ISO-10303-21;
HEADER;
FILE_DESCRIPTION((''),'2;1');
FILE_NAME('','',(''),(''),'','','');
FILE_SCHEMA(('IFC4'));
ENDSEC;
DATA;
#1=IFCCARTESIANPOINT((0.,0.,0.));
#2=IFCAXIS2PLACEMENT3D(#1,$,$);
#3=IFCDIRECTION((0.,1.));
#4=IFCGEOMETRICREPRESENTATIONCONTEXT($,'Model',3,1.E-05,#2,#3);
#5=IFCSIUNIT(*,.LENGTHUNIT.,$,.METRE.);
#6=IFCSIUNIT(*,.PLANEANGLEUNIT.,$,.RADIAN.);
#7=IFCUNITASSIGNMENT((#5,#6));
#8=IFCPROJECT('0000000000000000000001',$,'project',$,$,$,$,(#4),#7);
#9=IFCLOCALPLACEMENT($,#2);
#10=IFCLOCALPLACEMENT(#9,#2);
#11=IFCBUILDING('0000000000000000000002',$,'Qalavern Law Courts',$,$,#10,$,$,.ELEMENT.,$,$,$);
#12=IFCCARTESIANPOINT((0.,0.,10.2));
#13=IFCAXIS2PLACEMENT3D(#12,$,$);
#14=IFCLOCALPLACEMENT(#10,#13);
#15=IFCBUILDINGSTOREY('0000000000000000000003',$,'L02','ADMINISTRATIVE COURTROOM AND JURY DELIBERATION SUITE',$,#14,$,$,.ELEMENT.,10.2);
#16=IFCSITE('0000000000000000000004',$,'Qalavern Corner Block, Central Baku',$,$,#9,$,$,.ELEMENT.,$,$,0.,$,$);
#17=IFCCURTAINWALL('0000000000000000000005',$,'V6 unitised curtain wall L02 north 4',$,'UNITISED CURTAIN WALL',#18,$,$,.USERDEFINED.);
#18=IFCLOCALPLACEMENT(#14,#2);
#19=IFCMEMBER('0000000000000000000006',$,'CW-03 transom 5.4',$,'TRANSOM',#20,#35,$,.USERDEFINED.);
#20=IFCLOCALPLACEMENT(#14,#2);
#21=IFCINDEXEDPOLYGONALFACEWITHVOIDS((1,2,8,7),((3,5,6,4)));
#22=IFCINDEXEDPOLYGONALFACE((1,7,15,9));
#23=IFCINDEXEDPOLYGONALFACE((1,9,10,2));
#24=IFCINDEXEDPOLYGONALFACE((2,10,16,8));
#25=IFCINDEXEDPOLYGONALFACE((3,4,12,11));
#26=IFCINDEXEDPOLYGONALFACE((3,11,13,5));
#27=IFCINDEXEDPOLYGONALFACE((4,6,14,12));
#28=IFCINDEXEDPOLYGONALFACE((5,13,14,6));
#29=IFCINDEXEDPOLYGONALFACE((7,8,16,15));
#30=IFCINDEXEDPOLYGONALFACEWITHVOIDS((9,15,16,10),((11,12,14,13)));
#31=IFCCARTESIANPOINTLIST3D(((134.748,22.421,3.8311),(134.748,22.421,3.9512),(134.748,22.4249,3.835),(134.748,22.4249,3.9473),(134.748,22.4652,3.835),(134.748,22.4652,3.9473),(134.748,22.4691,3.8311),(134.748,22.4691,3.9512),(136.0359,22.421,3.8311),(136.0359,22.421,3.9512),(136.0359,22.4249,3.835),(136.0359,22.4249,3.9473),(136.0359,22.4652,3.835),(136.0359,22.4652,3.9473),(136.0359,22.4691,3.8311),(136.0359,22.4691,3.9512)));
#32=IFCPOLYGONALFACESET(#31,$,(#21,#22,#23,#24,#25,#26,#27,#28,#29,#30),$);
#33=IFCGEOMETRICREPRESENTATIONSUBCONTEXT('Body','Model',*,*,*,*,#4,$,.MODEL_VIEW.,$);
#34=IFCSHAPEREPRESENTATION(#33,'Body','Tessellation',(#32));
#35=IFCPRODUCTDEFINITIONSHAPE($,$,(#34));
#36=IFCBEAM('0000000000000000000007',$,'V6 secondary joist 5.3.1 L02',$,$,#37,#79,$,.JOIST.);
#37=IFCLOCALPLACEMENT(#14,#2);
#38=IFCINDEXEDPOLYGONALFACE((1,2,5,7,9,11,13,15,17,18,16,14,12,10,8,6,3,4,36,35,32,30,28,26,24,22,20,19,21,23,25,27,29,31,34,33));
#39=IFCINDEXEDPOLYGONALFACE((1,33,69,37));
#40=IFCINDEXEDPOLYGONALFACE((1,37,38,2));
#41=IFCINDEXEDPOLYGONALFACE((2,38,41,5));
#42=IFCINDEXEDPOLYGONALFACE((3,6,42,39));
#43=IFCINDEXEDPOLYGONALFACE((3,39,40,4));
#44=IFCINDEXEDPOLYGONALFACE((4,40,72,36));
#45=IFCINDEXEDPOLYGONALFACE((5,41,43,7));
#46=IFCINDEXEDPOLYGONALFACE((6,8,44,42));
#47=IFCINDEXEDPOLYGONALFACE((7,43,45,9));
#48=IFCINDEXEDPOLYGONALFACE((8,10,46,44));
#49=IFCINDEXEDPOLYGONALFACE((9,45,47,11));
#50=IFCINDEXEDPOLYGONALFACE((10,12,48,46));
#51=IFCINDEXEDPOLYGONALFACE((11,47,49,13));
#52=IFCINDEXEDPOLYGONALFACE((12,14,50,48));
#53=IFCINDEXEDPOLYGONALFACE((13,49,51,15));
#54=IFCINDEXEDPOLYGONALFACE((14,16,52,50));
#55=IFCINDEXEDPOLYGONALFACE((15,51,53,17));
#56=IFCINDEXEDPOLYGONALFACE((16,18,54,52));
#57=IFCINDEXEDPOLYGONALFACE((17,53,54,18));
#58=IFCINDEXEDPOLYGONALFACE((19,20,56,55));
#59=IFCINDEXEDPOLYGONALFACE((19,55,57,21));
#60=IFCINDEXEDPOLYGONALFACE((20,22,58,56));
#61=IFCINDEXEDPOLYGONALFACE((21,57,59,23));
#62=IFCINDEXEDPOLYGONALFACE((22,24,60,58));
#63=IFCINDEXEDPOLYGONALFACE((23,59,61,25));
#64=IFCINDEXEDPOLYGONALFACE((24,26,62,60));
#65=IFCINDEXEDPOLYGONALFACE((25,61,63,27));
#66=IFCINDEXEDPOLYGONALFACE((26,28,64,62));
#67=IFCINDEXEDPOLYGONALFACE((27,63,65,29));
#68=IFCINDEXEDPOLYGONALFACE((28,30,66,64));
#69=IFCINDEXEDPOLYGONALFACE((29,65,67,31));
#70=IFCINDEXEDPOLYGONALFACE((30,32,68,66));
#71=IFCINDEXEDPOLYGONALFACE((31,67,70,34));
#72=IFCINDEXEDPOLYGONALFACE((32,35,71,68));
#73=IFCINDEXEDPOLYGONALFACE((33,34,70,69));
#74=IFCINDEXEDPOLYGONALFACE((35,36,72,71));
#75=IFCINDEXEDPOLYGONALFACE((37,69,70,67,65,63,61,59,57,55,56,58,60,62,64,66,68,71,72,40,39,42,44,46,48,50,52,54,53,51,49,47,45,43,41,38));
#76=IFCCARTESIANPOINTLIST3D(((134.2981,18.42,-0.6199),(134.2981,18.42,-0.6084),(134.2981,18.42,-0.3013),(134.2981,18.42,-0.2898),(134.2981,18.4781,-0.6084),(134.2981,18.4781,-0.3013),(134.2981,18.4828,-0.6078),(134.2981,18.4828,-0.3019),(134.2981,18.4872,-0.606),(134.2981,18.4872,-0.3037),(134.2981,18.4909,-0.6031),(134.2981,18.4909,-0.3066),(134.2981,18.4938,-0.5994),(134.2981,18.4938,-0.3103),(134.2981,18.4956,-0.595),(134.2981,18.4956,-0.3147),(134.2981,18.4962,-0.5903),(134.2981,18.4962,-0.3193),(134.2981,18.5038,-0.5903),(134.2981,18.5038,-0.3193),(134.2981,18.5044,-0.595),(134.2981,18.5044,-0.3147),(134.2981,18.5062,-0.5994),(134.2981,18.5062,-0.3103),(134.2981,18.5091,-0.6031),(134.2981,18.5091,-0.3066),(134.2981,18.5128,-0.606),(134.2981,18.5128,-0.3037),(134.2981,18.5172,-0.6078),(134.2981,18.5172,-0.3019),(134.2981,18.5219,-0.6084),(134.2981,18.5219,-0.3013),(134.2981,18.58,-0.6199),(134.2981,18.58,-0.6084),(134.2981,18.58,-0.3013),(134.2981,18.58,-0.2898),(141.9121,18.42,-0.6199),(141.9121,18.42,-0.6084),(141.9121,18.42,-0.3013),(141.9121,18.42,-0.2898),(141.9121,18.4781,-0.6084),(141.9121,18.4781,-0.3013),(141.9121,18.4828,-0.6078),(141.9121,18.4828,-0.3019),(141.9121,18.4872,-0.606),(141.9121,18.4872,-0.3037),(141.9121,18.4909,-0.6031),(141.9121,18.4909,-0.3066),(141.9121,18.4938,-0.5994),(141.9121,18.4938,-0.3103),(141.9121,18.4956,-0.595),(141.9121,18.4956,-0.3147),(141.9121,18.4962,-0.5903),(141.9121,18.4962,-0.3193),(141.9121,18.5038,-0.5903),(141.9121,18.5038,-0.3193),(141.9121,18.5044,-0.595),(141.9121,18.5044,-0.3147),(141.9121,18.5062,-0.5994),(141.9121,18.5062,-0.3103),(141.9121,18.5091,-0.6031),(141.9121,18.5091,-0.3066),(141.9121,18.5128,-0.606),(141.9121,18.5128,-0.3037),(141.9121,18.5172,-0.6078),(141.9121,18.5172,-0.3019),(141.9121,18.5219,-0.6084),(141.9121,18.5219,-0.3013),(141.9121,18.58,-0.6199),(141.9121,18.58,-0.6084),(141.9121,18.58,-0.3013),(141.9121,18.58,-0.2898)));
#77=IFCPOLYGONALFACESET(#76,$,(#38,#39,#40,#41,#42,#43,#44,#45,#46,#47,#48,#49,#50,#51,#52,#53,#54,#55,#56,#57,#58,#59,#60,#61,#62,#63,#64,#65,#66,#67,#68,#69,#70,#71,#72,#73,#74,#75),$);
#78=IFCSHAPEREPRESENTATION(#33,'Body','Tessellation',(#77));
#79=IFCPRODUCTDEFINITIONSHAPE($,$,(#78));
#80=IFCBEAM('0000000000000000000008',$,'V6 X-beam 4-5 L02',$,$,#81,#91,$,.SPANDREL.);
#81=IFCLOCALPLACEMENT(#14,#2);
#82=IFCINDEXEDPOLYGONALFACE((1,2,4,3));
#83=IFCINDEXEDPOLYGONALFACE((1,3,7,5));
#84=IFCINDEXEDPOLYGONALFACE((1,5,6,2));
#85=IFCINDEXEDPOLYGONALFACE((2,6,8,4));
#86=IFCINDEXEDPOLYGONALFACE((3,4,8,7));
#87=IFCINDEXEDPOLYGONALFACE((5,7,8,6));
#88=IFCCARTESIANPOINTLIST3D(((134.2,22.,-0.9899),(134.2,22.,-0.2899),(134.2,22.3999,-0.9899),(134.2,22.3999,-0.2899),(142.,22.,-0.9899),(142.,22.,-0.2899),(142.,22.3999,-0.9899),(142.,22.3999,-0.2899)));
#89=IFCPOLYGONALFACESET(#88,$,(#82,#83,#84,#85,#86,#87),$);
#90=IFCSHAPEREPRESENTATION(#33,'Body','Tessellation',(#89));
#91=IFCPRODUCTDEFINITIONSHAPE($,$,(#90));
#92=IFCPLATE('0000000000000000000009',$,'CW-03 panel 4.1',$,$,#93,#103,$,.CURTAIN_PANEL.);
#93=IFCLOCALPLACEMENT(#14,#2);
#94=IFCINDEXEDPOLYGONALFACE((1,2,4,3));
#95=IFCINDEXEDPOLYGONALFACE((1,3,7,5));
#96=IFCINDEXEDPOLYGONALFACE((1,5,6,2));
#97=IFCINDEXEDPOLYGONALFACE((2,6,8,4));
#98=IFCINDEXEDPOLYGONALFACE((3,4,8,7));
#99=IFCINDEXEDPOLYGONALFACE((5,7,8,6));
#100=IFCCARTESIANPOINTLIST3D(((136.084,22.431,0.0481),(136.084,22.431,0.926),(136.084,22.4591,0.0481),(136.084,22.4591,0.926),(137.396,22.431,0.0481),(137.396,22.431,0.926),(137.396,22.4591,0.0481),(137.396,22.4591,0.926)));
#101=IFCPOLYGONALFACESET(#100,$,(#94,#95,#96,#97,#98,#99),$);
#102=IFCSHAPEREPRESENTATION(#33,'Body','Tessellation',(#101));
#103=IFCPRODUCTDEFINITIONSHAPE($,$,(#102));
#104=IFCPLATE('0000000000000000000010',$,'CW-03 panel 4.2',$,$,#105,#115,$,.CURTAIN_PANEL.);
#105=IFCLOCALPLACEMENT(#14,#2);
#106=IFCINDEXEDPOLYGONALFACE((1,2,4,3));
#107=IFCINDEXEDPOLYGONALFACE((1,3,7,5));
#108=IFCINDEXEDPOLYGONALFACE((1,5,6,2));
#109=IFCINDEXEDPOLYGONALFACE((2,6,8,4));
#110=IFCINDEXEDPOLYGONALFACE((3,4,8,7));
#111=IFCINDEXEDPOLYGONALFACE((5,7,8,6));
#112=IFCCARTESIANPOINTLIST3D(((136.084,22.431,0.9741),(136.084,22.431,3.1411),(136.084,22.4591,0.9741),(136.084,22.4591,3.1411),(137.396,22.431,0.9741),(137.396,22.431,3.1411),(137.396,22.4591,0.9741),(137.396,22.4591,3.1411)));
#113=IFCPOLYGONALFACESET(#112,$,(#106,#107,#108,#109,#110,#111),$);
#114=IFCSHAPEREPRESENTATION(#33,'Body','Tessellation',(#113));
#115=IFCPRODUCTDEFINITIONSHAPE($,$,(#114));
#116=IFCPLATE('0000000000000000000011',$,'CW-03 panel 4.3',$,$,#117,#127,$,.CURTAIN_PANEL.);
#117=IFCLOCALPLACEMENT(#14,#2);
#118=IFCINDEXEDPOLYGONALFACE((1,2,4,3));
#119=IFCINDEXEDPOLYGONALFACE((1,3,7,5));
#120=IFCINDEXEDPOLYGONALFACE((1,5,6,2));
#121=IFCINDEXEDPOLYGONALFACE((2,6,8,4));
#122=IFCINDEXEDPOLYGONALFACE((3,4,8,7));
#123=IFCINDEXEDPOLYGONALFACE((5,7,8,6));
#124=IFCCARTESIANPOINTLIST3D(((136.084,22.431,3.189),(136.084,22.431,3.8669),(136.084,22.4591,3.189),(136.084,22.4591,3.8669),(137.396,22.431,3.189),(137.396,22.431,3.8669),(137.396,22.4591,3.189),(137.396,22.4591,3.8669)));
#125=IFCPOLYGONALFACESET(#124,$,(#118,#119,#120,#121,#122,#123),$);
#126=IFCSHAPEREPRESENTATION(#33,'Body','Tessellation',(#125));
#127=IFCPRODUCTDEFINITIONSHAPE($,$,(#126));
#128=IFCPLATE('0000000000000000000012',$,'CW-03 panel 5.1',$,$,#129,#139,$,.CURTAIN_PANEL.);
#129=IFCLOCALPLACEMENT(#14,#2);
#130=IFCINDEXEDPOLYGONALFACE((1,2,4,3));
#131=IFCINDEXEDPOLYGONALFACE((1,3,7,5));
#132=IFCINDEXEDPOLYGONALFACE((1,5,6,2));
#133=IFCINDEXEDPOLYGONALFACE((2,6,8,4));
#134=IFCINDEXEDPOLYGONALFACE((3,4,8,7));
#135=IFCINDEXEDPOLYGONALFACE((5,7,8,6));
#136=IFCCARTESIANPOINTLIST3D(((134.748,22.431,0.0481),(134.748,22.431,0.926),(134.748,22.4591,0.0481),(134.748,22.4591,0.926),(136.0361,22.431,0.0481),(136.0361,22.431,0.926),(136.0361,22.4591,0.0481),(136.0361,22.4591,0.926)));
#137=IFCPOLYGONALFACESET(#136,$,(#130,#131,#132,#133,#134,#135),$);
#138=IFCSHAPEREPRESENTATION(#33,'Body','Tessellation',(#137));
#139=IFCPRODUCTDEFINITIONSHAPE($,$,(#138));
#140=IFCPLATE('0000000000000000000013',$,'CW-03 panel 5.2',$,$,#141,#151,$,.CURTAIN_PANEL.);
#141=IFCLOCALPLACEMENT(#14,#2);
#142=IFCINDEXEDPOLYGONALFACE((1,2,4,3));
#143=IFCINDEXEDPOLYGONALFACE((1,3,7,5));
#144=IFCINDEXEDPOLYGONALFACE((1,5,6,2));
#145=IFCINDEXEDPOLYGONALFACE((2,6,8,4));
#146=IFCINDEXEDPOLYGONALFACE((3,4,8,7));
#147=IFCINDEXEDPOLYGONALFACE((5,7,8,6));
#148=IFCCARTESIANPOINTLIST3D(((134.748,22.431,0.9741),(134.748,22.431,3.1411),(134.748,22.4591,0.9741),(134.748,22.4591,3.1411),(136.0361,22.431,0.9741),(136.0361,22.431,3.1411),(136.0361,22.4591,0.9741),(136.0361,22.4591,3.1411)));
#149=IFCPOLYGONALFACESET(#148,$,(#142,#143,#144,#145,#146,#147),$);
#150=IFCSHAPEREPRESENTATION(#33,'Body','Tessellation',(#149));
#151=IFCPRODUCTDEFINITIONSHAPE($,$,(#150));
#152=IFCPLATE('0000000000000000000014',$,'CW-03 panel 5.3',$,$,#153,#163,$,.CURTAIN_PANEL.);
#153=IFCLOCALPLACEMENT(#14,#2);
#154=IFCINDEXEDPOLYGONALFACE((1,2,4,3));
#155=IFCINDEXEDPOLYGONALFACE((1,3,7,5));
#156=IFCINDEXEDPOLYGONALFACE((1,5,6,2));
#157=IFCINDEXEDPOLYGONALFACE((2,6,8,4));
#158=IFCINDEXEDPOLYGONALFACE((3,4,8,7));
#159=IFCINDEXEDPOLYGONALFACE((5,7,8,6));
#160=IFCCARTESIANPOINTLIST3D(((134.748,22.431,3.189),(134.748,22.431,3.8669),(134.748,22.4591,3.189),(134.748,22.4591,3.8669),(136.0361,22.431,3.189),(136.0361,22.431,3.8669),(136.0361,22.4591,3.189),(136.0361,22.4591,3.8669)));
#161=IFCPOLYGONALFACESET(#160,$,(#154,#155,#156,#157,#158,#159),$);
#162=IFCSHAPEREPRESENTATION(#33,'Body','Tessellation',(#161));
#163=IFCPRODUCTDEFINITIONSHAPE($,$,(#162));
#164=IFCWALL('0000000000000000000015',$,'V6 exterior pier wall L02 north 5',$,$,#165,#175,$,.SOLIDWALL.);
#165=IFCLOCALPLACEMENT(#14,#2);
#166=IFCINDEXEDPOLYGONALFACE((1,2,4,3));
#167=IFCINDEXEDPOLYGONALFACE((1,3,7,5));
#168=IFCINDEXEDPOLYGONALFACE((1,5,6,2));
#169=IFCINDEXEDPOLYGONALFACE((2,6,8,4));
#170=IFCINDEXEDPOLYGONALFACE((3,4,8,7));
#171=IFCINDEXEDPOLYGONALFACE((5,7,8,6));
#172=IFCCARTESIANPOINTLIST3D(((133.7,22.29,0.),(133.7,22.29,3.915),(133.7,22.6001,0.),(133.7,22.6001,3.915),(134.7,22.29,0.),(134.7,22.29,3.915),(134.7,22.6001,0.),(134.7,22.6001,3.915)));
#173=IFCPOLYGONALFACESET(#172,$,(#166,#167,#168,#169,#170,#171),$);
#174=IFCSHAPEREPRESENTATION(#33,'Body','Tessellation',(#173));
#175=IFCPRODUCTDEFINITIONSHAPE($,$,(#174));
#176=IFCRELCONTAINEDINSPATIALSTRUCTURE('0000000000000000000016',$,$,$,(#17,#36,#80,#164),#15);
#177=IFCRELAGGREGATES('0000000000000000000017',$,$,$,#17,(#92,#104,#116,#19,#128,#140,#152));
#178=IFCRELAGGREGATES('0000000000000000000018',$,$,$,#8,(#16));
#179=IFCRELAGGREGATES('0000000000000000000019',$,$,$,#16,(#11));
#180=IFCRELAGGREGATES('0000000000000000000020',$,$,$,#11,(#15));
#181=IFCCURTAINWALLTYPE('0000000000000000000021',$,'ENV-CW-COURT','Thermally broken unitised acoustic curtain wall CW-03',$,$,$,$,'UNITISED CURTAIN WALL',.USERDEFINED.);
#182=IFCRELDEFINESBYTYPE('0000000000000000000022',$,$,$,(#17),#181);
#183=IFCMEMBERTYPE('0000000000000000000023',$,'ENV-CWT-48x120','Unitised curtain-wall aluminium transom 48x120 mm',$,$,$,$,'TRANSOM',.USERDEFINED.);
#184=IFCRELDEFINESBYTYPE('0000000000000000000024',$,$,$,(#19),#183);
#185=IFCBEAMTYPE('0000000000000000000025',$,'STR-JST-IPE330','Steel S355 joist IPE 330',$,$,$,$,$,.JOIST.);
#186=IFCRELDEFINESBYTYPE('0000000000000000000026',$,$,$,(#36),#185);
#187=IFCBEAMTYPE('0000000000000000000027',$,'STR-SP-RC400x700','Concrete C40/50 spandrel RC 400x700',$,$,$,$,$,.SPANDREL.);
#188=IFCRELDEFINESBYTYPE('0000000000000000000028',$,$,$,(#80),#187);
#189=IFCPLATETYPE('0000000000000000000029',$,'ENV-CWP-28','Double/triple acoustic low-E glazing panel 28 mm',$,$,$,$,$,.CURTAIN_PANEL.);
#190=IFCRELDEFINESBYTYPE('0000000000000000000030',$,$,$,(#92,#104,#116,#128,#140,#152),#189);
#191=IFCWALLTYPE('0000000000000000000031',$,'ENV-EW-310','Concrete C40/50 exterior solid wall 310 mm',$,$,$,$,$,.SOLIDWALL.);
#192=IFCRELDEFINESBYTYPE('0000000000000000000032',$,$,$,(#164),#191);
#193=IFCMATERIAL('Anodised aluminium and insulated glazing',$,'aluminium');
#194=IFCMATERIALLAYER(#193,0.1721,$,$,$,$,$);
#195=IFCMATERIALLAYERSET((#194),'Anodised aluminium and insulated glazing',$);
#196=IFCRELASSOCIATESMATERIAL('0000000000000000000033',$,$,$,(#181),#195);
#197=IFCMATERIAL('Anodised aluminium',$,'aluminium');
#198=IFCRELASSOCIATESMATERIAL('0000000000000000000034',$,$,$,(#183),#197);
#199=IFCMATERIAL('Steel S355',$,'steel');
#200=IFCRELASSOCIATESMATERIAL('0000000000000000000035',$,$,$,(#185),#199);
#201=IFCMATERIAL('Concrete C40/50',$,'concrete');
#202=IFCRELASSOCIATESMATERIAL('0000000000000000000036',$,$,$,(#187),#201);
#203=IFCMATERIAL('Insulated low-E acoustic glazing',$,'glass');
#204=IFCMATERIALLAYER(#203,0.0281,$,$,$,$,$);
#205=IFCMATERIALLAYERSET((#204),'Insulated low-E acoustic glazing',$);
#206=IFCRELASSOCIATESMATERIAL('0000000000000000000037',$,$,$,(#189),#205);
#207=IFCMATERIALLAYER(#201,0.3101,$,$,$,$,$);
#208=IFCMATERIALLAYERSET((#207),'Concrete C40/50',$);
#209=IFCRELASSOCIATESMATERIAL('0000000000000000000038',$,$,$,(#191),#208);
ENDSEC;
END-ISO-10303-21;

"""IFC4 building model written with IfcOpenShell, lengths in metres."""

from ifc_helpers import new_model, si_unit, direction, frame, frame_2d, origin, origin_2d, place, context, subcontext, project, spatial, rectangle, hollow_rectangle, i_section, extrude, material, layer, layer_set, material_profile, profile_set, type_object, element, aggregate, save


model = new_model("IFC4")

# Units and contexts
model_context = context("Model", 3, precision=1e-05, world=origin(), true_north=direction((0.0, 1.0)))
body_context = subcontext(model_context, "Body", "Model", "MODEL_VIEW")
ifc_project = project(units=[si_unit("LENGTHUNIT", "METRE"), si_unit("PLANEANGLEUNIT", "RADIAN")], contexts=[model_context])

# Site, building, storey
site_placement = place(None, origin())
site = spatial("IfcSite", under=ifc_project, at=site_placement, Name="Qalavern Corner Block, Central Baku", CompositionType="ELEMENT", RefElevation=0.0)
building_placement = place(site_placement, origin())
building = spatial("IfcBuilding", under=site, at=building_placement, Name="Qalavern Law Courts", CompositionType="ELEMENT")
storey_placement = place(building_placement, frame((0.0, 0.0, 10.2)))
storey = spatial("IfcBuildingStorey", under=building, at=storey_placement, Name="L02", Description="ADMINISTRATIVE COURTROOM AND JURY DELIBERATION SUITE", CompositionType="ELEMENT", Elevation=10.2)

# Curtain wall
ifc_material_1 = material(Name="Anodised aluminium and insulated glazing", Category="aluminium")
ifc_layer_1 = layer(ifc_material_1, 0.1721)
ifc_layer_set_1 = layer_set([ifc_layer_1], Name="Anodised aluminium and insulated glazing")
curtain_wall_type = type_object("IfcCurtainWallType", Name="ENV-CW-COURT", Description="Thermally broken unitised acoustic curtain wall CW-03", ElementType="UNITISED CURTAIN WALL", PredefinedType="USERDEFINED", material=ifc_layer_set_1)
curtain_wall_1_placement = place(storey_placement, origin())
curtain_wall_1 = element("IfcCurtainWall", 1, at=curtain_wall_1_placement, inside=storey, type_object=curtain_wall_type, Name="V6 unitised curtain wall L02 north 4", ObjectType="UNITISED CURTAIN WALL", PredefinedType="USERDEFINED")
ifc_material_2 = material(Name="Anodised aluminium", Category="aluminium")

# Member
ifc_material_profile_1 = material_profile(ifc_material_2, hollow_rectangle(XDim=0.0481, YDim=0.1201, WallThickness=0.0039, at=origin_2d()), Name="ALU TRANSOM 48x120")
ifc_profile_set_1 = profile_set([ifc_material_profile_1], Name="Anodised aluminium")
member_type_1 = type_object("IfcMemberType", Name="ENV-CWT-48x120", Description="Unitised curtain-wall aluminium transom 48x120 mm", ElementType="TRANSOM", PredefinedType="USERDEFINED", material=ifc_profile_set_1)
member_1_placement = place(storey_placement, frame((136.0359, 22.4451, 3.8911), z_axis=(-1.0, 0.0, 0.0), x_axis=(0.0, -1.0, 0.0)))
member_1 = element("IfcMember", 2, at=member_1_placement, type_object=member_type_1, Name="CW-03 transom 5.4", ObjectType="TRANSOM", PredefinedType="USERDEFINED", context=body_context, shape_type="SweptSolid", body=[
    extrude(hollow_rectangle(XDim=0.0481, YDim=0.1201, WallThickness=0.0039, at=origin_2d()), origin(), (0.0, 0.0, 1.0), 1.2878),
])

# Beams
ifc_material_3 = material(Name="Steel S355", Category="steel")
ifc_material_profile_2 = material_profile(ifc_material_3, i_section(OverallWidth=0.1599, OverallDepth=0.3301, WebThickness=0.0076, FlangeThickness=0.0115, FilletRadius=0.0181, at=origin_2d()), Name="IPE 330")
ifc_profile_set_2 = profile_set([ifc_material_profile_2], Name="Steel S355")
beam_type_1 = type_object("IfcBeamType", Name="STR-JST-IPE330", Description="Steel S355 joist IPE 330", PredefinedType="JOIST", material=ifc_profile_set_2)
beam_1_placement = place(storey_placement, frame((134.2981, 18.5, -0.4548), z_axis=(1.0, 0.0, 0.0), x_axis=(0.0, 1.0, 0.0)))
element("IfcBeam", 3, at=beam_1_placement, inside=storey, type_object=beam_type_1, Name="V6 secondary joist 5.3.1 L02", PredefinedType="JOIST", context=body_context, shape_type="SweptSolid", body=[
    extrude(i_section(OverallWidth=0.1599, OverallDepth=0.3301, WebThickness=0.0076, FlangeThickness=0.0115, FilletRadius=0.0181, at=origin_2d()), origin(), (0.0, 0.0, 1.0), 7.614),
])
ifc_material_4 = material(Name="Concrete C40/50", Category="concrete")
ifc_material_profile_3 = material_profile(ifc_material_4, rectangle(XDim=0.3999, YDim=0.7, at=origin_2d()), Name="RC 400x700")
ifc_profile_set_3 = profile_set([ifc_material_profile_3], Name="Concrete C40/50")
beam_type_2 = type_object("IfcBeamType", Name="STR-SP-RC400x700", Description="Concrete C40/50 spandrel RC 400x700", PredefinedType="SPANDREL", material=ifc_profile_set_3)
beam_2_placement = place(storey_placement, frame((134.2, 22.2, -0.6399), z_axis=(1.0, 0.0, 0.0), x_axis=(0.0, 1.0, 0.0)))
element("IfcBeam", 4, at=beam_2_placement, inside=storey, type_object=beam_type_2, Name="V6 X-beam 4-5 L02", PredefinedType="SPANDREL", context=body_context, shape_type="SweptSolid", body=[
    extrude(rectangle(XDim=0.3999, YDim=0.7, at=origin_2d()), origin(), (0.0, 0.0, 1.0), 7.8),
])

# Plates
ifc_material_5 = material(Name="Insulated low-E acoustic glazing", Category="glass")
ifc_layer_2 = layer(ifc_material_5, 0.0281)
ifc_layer_set_2 = layer_set([ifc_layer_2], Name="Insulated low-E acoustic glazing")
plate_type = type_object("IfcPlateType", Name="ENV-CWP-28", Description="Double/triple acoustic low-E glazing panel 28 mm", PredefinedType="CURTAIN_PANEL", material=ifc_layer_set_2)
plate_1_placement = place(storey_placement, frame((136.74, 22.4451, 0.0481), z_axis=(0.0, 0.0, 1.0), x_axis=(-1.0, 0.0, 0.0)))
plate_1 = element("IfcPlate", 5, at=plate_1_placement, type_object=plate_type, Name="CW-03 panel 4.1", PredefinedType="CURTAIN_PANEL", context=body_context, shape_type="SweptSolid", body=[
    extrude(rectangle(XDim=1.312, YDim=0.0281, at=origin_2d()), origin(), (0.0, 0.0, 1.0), 0.8779),
])
plate_2_placement = place(storey_placement, frame((136.74, 22.4451, 0.9741), z_axis=(0.0, 0.0, 1.0), x_axis=(-1.0, 0.0, 0.0)))
plate_2 = element("IfcPlate", 6, at=plate_2_placement, type_object=plate_type, Name="CW-03 panel 4.2", PredefinedType="CURTAIN_PANEL", context=body_context, shape_type="SweptSolid", body=[
    extrude(rectangle(XDim=1.312, YDim=0.0281, at=origin_2d()), origin(), (0.0, 0.0, 1.0), 2.167),
])
plate_3_placement = place(storey_placement, frame((136.74, 22.4451, 3.189), z_axis=(0.0, 0.0, 1.0), x_axis=(-1.0, 0.0, 0.0)))
plate_3 = element("IfcPlate", 7, at=plate_3_placement, type_object=plate_type, Name="CW-03 panel 4.3", PredefinedType="CURTAIN_PANEL", context=body_context, shape_type="SweptSolid", body=[
    extrude(rectangle(XDim=1.312, YDim=0.0281, at=origin_2d()), origin(), (0.0, 0.0, 1.0), 0.678),
])
plate_4_placement = place(storey_placement, frame((135.3921, 22.4451, 0.0481), z_axis=(0.0, 0.0, 1.0), x_axis=(-1.0, 0.0, 0.0)))
plate_4 = element("IfcPlate", 8, at=plate_4_placement, type_object=plate_type, Name="CW-03 panel 5.1", PredefinedType="CURTAIN_PANEL", context=body_context, shape_type="SweptSolid", body=[
    extrude(rectangle(XDim=1.2881, YDim=0.0281, at=origin_2d()), origin(), (0.0, 0.0, 1.0), 0.8779),
])
plate_5_placement = place(storey_placement, frame((135.3921, 22.4451, 0.9741), z_axis=(0.0, 0.0, 1.0), x_axis=(-1.0, 0.0, 0.0)))
plate_5 = element("IfcPlate", 9, at=plate_5_placement, type_object=plate_type, Name="CW-03 panel 5.2", PredefinedType="CURTAIN_PANEL", context=body_context, shape_type="SweptSolid", body=[
    extrude(rectangle(XDim=1.2881, YDim=0.0281, at=origin_2d()), origin(), (0.0, 0.0, 1.0), 2.167),
])
plate_6_placement = place(storey_placement, frame((135.3921, 22.4451, 3.189), z_axis=(0.0, 0.0, 1.0), x_axis=(-1.0, 0.0, 0.0)))
plate_6 = element("IfcPlate", 10, at=plate_6_placement, type_object=plate_type, Name="CW-03 panel 5.3", PredefinedType="CURTAIN_PANEL", context=body_context, shape_type="SweptSolid", body=[
    extrude(rectangle(XDim=1.2881, YDim=0.0281, at=origin_2d()), origin(), (0.0, 0.0, 1.0), 0.678),
])
aggregate(curtain_wall_1, [plate_1, plate_2, plate_3, member_1, plate_4, plate_5, plate_6])

# Wall
ifc_layer_3 = layer(ifc_material_4, 0.3101)
ifc_layer_set_3 = layer_set([ifc_layer_3], Name="Concrete C40/50")
wall_type_1 = type_object("IfcWallType", Name="ENV-EW-310", Description="Concrete C40/50 exterior solid wall 310 mm", PredefinedType="SOLIDWALL", material=ifc_layer_set_3)
wall_1_placement = place(storey_placement, frame((134.7, 22.4451, 0.0), z_axis=(0.0, 0.0, 1.0), x_axis=(-1.0, 0.0, 0.0)))
element("IfcWall", 11, at=wall_1_placement, inside=storey, type_object=wall_type_1, Name="V6 exterior pier wall L02 north 5", PredefinedType="SOLIDWALL", context=body_context, shape_type="SweptSolid", body=[
    extrude(rectangle(XDim=1.0, YDim=0.3101, at=frame_2d((0.5, 0.0))), origin(), (0.0, 0.0, 1.0), 3.915),
])

save(model, "model.ifc")
